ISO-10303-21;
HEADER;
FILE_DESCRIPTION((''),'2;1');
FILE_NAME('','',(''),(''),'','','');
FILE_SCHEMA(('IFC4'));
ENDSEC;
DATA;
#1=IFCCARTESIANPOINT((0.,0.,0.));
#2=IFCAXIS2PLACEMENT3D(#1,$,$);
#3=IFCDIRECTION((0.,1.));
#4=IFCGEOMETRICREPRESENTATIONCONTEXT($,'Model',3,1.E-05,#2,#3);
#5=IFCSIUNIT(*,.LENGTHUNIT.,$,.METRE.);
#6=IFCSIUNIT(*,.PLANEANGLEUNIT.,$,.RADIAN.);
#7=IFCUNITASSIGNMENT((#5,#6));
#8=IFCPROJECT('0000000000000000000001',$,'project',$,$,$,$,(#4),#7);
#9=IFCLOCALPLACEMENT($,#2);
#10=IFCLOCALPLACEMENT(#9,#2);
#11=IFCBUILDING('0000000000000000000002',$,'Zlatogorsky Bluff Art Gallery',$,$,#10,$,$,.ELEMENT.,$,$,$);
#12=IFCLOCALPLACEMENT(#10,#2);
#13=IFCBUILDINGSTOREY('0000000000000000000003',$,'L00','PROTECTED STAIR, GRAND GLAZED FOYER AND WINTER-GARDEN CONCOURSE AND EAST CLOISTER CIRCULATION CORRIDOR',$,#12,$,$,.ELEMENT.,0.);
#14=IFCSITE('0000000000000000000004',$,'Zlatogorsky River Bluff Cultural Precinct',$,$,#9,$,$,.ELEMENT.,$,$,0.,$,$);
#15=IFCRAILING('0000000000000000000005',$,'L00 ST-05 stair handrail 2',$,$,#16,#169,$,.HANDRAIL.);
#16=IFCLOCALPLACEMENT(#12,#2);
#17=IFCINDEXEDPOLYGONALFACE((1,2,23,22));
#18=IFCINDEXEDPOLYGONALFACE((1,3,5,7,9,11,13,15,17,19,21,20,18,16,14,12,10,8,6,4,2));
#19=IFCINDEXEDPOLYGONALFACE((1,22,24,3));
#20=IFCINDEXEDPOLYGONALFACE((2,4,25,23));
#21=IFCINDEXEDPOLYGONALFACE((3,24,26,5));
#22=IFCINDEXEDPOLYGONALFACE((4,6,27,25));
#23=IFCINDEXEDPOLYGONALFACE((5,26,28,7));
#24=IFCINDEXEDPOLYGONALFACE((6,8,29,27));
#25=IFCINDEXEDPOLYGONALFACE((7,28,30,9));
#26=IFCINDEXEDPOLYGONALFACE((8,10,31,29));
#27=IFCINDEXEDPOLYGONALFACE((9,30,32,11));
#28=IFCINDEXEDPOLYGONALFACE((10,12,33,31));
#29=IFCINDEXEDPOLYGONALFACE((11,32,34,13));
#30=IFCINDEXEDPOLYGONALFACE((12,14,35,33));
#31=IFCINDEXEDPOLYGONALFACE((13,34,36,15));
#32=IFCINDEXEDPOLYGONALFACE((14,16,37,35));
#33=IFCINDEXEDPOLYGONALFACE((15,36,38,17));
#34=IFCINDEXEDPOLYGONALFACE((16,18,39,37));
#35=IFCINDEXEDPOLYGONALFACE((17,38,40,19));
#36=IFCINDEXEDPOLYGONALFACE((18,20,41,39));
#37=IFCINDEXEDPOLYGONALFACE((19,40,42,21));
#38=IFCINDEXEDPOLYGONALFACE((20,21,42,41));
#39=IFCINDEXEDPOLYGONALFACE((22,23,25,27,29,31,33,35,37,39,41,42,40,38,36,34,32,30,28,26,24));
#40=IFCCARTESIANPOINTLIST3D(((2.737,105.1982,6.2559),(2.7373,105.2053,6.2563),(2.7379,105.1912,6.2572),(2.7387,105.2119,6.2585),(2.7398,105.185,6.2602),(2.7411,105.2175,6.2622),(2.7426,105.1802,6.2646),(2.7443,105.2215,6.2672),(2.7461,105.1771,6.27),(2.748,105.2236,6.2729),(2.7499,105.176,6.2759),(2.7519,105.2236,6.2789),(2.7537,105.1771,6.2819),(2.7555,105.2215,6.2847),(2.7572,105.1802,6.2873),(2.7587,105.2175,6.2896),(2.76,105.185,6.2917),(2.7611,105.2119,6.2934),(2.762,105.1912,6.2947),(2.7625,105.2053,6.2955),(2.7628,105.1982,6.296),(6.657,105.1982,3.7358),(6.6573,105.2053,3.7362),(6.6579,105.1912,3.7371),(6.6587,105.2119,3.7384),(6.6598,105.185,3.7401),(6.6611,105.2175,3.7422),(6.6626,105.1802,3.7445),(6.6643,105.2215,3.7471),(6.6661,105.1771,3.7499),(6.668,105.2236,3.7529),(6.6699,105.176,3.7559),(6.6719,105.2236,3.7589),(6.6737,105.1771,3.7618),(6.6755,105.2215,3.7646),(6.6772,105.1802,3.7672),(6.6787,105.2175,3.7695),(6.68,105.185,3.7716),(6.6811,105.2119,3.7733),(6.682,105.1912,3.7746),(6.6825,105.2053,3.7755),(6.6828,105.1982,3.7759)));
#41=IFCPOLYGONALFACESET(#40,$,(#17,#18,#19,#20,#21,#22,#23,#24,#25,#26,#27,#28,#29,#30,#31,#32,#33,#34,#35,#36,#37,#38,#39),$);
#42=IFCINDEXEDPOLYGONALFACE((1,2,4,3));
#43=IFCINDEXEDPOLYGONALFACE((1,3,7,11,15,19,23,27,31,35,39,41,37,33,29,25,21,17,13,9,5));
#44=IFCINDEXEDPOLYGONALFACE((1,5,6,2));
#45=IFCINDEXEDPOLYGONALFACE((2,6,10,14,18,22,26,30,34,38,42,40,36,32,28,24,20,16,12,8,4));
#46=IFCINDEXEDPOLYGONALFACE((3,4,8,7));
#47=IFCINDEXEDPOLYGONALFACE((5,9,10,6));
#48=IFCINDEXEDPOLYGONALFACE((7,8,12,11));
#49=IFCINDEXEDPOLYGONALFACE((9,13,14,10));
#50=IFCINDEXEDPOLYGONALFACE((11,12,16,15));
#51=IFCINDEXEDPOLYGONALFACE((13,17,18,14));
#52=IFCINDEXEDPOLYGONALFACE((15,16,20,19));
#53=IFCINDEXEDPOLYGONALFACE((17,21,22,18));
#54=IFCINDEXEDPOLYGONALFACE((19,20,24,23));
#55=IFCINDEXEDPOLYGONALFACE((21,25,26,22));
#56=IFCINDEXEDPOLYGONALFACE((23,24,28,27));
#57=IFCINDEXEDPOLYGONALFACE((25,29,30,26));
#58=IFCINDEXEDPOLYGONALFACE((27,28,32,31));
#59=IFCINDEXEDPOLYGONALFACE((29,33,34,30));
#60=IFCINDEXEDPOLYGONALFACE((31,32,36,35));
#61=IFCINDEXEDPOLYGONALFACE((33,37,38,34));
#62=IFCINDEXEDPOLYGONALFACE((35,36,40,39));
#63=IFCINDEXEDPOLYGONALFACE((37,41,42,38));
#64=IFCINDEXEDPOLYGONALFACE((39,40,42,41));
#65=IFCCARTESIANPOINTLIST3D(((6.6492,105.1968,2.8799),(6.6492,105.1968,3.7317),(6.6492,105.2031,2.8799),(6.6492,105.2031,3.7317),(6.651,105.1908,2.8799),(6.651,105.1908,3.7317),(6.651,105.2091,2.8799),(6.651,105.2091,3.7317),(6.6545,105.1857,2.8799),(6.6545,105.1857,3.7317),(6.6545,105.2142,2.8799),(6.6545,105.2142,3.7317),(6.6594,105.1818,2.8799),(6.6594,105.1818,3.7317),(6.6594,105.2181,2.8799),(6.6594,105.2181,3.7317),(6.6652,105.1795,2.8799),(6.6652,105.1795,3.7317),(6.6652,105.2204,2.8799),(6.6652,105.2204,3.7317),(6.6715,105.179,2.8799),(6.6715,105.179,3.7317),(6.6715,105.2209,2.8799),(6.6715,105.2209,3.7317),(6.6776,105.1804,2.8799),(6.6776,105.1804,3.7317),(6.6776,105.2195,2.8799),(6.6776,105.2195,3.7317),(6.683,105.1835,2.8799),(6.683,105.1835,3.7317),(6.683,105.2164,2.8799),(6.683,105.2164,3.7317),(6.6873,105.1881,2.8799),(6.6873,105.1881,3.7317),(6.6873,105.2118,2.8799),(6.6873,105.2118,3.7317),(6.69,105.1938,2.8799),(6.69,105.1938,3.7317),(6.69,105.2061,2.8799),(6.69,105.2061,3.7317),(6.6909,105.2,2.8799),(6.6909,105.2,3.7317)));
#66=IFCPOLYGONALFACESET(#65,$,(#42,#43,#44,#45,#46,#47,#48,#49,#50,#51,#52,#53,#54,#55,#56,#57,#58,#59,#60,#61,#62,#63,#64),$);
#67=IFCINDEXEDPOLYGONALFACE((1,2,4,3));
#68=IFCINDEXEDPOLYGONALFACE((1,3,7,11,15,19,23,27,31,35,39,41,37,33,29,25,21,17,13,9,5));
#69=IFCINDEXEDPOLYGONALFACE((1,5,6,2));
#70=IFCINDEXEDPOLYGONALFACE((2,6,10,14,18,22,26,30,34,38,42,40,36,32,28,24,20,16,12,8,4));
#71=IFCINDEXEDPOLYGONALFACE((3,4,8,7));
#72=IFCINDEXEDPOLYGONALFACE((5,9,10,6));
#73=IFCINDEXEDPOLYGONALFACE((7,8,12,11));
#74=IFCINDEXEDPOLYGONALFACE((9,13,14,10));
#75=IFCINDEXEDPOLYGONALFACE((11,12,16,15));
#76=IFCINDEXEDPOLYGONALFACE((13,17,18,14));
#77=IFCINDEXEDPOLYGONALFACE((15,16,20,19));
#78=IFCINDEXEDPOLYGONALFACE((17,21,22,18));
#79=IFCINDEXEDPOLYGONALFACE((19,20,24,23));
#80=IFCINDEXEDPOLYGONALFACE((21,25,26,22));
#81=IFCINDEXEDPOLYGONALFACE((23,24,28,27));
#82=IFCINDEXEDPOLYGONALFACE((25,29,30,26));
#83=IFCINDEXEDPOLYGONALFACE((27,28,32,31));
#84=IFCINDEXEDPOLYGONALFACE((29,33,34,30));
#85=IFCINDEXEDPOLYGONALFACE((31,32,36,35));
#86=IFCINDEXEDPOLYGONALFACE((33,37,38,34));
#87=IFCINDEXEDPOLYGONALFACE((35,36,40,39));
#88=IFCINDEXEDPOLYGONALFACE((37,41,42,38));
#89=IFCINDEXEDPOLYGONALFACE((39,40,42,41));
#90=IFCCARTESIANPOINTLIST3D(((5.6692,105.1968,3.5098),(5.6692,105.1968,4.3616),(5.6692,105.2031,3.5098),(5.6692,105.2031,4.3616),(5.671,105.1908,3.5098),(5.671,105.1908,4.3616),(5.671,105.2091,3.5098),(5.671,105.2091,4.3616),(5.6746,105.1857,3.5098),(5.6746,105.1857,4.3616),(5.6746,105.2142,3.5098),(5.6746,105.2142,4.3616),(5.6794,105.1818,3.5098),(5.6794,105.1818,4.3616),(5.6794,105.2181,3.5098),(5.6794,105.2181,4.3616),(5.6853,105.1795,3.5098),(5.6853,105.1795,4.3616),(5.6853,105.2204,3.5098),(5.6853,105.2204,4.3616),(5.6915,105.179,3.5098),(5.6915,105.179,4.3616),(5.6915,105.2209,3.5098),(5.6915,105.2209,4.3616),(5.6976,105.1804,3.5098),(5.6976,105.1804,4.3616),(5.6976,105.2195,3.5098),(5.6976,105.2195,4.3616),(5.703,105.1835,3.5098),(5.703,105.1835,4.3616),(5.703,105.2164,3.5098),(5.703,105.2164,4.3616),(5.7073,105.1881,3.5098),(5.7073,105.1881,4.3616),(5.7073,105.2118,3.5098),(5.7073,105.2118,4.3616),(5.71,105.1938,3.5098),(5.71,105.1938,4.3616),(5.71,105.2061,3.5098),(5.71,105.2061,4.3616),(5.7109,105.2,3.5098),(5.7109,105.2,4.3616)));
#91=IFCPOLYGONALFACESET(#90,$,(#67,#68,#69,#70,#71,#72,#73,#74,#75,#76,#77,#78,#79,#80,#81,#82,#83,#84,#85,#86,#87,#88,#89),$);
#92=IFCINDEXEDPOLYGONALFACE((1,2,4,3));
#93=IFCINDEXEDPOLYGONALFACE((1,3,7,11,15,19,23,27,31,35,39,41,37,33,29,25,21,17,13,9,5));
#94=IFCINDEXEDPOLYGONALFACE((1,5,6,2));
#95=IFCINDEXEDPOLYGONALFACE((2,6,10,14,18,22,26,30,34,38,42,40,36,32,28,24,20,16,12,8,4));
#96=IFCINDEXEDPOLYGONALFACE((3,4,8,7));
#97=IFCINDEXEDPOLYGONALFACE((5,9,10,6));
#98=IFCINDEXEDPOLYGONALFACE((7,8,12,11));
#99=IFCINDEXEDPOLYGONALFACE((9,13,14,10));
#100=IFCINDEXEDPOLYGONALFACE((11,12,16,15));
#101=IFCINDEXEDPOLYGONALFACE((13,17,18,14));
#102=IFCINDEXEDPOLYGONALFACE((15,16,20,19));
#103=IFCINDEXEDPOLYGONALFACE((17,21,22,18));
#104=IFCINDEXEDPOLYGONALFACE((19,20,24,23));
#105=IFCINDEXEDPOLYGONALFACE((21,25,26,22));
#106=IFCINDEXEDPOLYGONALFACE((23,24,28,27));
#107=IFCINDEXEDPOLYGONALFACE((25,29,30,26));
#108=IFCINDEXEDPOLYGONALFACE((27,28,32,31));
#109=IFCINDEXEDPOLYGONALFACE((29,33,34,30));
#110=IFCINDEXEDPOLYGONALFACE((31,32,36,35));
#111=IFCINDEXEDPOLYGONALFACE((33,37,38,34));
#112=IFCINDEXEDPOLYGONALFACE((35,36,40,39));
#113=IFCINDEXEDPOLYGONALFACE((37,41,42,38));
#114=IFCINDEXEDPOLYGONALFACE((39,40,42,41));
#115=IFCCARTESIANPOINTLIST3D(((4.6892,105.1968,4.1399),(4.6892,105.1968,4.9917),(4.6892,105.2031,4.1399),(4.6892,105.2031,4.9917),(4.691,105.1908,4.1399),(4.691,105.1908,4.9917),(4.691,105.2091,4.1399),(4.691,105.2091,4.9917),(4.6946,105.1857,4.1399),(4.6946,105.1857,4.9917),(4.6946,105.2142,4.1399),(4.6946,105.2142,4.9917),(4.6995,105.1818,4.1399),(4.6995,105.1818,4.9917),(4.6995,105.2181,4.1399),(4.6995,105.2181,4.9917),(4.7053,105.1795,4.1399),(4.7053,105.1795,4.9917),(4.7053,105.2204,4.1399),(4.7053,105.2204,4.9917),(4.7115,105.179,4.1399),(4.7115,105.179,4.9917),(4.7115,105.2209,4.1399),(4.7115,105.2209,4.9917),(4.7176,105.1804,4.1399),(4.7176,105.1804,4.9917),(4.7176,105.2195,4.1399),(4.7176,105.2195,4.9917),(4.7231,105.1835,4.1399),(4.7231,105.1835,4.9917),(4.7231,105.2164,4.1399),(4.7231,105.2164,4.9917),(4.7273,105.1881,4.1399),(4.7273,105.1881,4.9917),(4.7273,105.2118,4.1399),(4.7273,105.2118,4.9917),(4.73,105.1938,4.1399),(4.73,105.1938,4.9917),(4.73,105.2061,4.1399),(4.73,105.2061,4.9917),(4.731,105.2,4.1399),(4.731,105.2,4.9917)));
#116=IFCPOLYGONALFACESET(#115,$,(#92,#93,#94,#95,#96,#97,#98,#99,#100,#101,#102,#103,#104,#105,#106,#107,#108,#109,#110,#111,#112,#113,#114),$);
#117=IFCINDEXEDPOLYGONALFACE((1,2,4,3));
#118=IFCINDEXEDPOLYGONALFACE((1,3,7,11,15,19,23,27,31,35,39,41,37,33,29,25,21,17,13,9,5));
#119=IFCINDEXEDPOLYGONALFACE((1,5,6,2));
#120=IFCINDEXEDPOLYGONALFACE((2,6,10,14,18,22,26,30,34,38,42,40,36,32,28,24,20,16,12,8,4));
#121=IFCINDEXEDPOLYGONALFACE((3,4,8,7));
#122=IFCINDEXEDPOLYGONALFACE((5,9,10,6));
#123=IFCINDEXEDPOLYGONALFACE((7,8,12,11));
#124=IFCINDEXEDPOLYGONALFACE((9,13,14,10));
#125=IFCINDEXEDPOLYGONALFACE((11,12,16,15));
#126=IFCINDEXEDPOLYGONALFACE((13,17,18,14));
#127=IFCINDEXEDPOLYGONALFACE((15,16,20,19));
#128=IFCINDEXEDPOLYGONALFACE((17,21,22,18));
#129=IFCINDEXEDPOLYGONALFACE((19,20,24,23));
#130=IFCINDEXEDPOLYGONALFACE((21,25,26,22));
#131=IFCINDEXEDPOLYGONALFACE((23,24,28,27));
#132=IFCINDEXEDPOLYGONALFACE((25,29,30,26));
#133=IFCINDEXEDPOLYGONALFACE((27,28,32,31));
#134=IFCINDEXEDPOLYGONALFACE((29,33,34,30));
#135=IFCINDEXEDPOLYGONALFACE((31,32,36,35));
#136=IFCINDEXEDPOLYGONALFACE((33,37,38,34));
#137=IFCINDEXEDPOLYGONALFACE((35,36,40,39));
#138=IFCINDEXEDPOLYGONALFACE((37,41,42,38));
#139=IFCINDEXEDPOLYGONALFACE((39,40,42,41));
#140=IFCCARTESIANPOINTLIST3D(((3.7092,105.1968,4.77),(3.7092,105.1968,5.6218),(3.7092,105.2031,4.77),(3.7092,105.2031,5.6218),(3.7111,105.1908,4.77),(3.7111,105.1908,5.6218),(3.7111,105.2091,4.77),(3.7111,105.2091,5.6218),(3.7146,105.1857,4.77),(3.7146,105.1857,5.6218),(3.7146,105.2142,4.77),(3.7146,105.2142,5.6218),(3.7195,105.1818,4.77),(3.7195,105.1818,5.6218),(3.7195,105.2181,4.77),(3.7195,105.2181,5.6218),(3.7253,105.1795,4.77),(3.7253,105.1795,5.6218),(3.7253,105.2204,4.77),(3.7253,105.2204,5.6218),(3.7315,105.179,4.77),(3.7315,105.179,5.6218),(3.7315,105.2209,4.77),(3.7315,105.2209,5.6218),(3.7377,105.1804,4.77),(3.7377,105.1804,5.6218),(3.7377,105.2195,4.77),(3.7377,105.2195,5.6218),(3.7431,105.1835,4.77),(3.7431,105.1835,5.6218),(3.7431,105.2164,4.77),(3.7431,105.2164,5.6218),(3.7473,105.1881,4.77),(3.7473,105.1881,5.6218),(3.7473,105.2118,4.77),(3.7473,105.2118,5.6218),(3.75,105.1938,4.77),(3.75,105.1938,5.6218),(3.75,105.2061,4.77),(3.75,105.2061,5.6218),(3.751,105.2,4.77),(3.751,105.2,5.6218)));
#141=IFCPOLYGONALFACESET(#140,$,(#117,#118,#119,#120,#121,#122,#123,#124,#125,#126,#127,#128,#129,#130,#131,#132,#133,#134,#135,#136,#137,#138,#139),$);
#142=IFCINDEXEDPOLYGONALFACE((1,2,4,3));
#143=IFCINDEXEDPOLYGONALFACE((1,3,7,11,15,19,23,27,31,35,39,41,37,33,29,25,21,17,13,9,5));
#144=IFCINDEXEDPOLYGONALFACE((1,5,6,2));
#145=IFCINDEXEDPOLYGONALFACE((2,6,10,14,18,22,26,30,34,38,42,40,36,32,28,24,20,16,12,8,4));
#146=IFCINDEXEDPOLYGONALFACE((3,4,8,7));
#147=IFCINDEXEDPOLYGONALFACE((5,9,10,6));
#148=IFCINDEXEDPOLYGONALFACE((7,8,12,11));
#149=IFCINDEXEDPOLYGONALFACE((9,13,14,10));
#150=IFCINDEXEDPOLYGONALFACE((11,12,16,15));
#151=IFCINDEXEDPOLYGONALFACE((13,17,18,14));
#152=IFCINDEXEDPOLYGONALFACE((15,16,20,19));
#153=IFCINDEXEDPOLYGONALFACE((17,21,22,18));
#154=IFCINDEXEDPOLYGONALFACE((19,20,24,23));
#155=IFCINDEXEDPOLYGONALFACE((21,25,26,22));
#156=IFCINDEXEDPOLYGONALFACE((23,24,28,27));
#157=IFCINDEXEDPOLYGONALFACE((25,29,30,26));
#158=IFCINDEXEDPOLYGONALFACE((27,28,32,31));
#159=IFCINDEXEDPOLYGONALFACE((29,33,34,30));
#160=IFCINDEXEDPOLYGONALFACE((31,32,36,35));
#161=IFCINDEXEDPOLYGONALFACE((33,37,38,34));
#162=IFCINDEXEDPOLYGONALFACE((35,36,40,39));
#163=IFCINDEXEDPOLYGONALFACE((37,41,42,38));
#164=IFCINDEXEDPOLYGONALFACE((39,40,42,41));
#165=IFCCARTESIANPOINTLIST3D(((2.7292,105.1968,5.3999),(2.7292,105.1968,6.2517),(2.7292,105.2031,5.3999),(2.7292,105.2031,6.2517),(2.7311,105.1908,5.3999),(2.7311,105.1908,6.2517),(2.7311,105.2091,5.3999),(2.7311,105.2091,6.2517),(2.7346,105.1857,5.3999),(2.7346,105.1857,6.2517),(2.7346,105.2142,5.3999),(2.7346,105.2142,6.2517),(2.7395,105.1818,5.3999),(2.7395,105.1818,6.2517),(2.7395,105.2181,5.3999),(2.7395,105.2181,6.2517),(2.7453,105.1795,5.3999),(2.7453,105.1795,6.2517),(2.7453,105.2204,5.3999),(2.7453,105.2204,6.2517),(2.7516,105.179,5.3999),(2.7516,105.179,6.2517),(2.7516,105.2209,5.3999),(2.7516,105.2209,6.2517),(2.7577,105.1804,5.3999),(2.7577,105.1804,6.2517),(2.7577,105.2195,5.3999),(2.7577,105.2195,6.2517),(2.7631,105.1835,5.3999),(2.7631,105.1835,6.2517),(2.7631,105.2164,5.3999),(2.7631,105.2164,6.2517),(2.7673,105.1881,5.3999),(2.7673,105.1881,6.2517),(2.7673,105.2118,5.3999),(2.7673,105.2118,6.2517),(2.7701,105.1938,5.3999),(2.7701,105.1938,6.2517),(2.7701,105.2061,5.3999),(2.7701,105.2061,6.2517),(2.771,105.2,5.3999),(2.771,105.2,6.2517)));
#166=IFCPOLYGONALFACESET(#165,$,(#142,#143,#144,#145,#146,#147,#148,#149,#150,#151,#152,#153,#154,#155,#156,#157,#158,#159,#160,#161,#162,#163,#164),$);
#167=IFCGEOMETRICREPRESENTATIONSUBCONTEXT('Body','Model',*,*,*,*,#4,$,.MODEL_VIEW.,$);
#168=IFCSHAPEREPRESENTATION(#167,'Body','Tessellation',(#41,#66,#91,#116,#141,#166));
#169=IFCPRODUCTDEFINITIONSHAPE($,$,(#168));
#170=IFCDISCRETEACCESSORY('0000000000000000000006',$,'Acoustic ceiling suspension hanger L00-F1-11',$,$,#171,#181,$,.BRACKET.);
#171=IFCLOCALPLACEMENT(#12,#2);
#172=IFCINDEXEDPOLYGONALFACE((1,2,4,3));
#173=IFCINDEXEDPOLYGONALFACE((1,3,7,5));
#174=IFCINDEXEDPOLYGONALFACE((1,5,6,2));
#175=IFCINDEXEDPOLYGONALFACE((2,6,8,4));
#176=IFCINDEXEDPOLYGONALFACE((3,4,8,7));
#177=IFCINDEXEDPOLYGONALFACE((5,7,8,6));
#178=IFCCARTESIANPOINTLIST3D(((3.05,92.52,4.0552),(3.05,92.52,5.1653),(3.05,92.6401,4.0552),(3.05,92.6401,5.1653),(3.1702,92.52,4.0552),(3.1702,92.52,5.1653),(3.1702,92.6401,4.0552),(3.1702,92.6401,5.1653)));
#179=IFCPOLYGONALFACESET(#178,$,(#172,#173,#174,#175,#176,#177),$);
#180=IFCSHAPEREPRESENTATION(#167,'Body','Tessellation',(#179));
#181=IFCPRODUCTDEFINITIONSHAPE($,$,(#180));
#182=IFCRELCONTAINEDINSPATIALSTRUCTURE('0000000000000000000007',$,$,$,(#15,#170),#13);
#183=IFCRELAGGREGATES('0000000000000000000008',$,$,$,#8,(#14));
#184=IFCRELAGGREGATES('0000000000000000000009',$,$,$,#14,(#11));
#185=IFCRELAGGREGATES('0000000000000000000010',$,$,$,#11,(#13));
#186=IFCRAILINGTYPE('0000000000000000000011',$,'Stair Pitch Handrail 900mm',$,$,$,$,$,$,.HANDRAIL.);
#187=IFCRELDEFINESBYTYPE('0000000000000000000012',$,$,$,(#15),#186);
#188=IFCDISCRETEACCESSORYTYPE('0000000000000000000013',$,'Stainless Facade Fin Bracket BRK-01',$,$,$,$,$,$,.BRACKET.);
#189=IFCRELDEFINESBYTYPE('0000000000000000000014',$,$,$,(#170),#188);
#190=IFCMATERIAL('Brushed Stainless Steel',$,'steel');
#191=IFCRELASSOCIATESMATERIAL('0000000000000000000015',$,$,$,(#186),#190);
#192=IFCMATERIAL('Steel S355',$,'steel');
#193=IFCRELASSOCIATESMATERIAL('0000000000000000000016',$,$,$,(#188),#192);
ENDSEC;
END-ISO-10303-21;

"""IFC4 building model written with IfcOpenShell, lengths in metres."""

from ifc_helpers import new_model, si_unit, direction, frame, origin, origin_2d, place, context, subcontext, project, spatial, rectangle, circle, extrude, material, type_object, element, save


model = new_model("IFC4")

# Units and contexts
model_context = context("Model", 3, precision=1e-05, world=origin(), true_north=direction((0.0, 1.0)))
body_context = subcontext(model_context, "Body", "Model", "MODEL_VIEW")
ifc_project = project(units=[si_unit("LENGTHUNIT", "METRE"), si_unit("PLANEANGLEUNIT", "RADIAN")], contexts=[model_context])

# Site, building, storey
site_placement = place(None, origin())
site = spatial("IfcSite", under=ifc_project, at=site_placement, Name="Zlatogorsky River Bluff Cultural Precinct", CompositionType="ELEMENT", RefElevation=0.0)
building_placement = place(site_placement, origin())
building = spatial("IfcBuilding", under=site, at=building_placement, Name="Zlatogorsky Bluff Art Gallery", CompositionType="ELEMENT")
storey_placement = place(building_placement, origin())
storey = spatial("IfcBuildingStorey", under=building, at=storey_placement, Name="L00", Description="PROTECTED STAIR, GRAND GLAZED FOYER AND WINTER-GARDEN CONCOURSE AND EAST CLOISTER CIRCULATION CORRIDOR", CompositionType="ELEMENT", Elevation=0.0)

# Shared definitions
ifc_material_1 = material(Name="Steel S355", Category="steel")

# Railing
ifc_material_2 = material(Name="Brushed Stainless Steel", Category="steel")
railing_type_1 = type_object("IfcRailingType", Name="Stair Pitch Handrail 900mm", PredefinedType="HANDRAIL", material=ifc_material_2)
railing_1_placement = place(storey_placement, frame((6.6699, 105.2, 2.8799)))
element("IfcRailing", 1, at=railing_1_placement, inside=storey, type_object=railing_type_1, Name="L00 ST-05 stair handrail 2", PredefinedType="HANDRAIL", context=body_context, shape_type="SweptSolid", body=[
    extrude(circle(Radius=0.0239, at=origin_2d()), frame((0.0, 0.0, 0.876), z_axis=(-0.841172, 0.0, 0.540768), x_axis=(0.0, -1.0, 0.0)), (0.0, 0.0, 1.0), 4.6602),
    extrude(circle(Radius=0.021, at=origin_2d()), origin(), (0.0, 0.0, 1.0), 0.8518),
    extrude(circle(Radius=0.021, at=origin_2d()), frame((-0.98, 0.0, 0.6299)), (0.0, 0.0, 1.0), 0.8518),
    extrude(circle(Radius=0.021, at=origin_2d()), frame((-1.96, 0.0, 1.26)), (0.0, 0.0, 1.0), 0.8518),
    extrude(circle(Radius=0.021, at=origin_2d()), frame((-2.9399, 0.0, 1.8901)), (0.0, 0.0, 1.0), 0.8518),
    extrude(circle(Radius=0.021, at=origin_2d()), frame((-3.9199, 0.0, 2.52)), (0.0, 0.0, 1.0), 0.8518),
])

# Discrete accessory
discrete_accessory_type = type_object("IfcDiscreteAccessoryType", Name="Stainless Facade Fin Bracket BRK-01", PredefinedType="BRACKET", material=ifc_material_1)
discrete_accessory_placement = place(storey_placement, frame((3.1101, 92.5801, 4.0552), z_axis=(0.0, 0.0, 1.0), x_axis=(1.0, 0.0, 0.0)))
element("IfcDiscreteAccessory", 2, at=discrete_accessory_placement, inside=storey, type_object=discrete_accessory_type, Name="Acoustic ceiling suspension hanger L00-F1-11", PredefinedType="BRACKET", context=body_context, shape_type="SweptSolid", body=[
    extrude(rectangle(XDim=0.1201, YDim=0.1201, at=origin_2d()), origin(), (0.0, 0.0, 1.0), 1.1101),
])

save(model, "model.ifc")
